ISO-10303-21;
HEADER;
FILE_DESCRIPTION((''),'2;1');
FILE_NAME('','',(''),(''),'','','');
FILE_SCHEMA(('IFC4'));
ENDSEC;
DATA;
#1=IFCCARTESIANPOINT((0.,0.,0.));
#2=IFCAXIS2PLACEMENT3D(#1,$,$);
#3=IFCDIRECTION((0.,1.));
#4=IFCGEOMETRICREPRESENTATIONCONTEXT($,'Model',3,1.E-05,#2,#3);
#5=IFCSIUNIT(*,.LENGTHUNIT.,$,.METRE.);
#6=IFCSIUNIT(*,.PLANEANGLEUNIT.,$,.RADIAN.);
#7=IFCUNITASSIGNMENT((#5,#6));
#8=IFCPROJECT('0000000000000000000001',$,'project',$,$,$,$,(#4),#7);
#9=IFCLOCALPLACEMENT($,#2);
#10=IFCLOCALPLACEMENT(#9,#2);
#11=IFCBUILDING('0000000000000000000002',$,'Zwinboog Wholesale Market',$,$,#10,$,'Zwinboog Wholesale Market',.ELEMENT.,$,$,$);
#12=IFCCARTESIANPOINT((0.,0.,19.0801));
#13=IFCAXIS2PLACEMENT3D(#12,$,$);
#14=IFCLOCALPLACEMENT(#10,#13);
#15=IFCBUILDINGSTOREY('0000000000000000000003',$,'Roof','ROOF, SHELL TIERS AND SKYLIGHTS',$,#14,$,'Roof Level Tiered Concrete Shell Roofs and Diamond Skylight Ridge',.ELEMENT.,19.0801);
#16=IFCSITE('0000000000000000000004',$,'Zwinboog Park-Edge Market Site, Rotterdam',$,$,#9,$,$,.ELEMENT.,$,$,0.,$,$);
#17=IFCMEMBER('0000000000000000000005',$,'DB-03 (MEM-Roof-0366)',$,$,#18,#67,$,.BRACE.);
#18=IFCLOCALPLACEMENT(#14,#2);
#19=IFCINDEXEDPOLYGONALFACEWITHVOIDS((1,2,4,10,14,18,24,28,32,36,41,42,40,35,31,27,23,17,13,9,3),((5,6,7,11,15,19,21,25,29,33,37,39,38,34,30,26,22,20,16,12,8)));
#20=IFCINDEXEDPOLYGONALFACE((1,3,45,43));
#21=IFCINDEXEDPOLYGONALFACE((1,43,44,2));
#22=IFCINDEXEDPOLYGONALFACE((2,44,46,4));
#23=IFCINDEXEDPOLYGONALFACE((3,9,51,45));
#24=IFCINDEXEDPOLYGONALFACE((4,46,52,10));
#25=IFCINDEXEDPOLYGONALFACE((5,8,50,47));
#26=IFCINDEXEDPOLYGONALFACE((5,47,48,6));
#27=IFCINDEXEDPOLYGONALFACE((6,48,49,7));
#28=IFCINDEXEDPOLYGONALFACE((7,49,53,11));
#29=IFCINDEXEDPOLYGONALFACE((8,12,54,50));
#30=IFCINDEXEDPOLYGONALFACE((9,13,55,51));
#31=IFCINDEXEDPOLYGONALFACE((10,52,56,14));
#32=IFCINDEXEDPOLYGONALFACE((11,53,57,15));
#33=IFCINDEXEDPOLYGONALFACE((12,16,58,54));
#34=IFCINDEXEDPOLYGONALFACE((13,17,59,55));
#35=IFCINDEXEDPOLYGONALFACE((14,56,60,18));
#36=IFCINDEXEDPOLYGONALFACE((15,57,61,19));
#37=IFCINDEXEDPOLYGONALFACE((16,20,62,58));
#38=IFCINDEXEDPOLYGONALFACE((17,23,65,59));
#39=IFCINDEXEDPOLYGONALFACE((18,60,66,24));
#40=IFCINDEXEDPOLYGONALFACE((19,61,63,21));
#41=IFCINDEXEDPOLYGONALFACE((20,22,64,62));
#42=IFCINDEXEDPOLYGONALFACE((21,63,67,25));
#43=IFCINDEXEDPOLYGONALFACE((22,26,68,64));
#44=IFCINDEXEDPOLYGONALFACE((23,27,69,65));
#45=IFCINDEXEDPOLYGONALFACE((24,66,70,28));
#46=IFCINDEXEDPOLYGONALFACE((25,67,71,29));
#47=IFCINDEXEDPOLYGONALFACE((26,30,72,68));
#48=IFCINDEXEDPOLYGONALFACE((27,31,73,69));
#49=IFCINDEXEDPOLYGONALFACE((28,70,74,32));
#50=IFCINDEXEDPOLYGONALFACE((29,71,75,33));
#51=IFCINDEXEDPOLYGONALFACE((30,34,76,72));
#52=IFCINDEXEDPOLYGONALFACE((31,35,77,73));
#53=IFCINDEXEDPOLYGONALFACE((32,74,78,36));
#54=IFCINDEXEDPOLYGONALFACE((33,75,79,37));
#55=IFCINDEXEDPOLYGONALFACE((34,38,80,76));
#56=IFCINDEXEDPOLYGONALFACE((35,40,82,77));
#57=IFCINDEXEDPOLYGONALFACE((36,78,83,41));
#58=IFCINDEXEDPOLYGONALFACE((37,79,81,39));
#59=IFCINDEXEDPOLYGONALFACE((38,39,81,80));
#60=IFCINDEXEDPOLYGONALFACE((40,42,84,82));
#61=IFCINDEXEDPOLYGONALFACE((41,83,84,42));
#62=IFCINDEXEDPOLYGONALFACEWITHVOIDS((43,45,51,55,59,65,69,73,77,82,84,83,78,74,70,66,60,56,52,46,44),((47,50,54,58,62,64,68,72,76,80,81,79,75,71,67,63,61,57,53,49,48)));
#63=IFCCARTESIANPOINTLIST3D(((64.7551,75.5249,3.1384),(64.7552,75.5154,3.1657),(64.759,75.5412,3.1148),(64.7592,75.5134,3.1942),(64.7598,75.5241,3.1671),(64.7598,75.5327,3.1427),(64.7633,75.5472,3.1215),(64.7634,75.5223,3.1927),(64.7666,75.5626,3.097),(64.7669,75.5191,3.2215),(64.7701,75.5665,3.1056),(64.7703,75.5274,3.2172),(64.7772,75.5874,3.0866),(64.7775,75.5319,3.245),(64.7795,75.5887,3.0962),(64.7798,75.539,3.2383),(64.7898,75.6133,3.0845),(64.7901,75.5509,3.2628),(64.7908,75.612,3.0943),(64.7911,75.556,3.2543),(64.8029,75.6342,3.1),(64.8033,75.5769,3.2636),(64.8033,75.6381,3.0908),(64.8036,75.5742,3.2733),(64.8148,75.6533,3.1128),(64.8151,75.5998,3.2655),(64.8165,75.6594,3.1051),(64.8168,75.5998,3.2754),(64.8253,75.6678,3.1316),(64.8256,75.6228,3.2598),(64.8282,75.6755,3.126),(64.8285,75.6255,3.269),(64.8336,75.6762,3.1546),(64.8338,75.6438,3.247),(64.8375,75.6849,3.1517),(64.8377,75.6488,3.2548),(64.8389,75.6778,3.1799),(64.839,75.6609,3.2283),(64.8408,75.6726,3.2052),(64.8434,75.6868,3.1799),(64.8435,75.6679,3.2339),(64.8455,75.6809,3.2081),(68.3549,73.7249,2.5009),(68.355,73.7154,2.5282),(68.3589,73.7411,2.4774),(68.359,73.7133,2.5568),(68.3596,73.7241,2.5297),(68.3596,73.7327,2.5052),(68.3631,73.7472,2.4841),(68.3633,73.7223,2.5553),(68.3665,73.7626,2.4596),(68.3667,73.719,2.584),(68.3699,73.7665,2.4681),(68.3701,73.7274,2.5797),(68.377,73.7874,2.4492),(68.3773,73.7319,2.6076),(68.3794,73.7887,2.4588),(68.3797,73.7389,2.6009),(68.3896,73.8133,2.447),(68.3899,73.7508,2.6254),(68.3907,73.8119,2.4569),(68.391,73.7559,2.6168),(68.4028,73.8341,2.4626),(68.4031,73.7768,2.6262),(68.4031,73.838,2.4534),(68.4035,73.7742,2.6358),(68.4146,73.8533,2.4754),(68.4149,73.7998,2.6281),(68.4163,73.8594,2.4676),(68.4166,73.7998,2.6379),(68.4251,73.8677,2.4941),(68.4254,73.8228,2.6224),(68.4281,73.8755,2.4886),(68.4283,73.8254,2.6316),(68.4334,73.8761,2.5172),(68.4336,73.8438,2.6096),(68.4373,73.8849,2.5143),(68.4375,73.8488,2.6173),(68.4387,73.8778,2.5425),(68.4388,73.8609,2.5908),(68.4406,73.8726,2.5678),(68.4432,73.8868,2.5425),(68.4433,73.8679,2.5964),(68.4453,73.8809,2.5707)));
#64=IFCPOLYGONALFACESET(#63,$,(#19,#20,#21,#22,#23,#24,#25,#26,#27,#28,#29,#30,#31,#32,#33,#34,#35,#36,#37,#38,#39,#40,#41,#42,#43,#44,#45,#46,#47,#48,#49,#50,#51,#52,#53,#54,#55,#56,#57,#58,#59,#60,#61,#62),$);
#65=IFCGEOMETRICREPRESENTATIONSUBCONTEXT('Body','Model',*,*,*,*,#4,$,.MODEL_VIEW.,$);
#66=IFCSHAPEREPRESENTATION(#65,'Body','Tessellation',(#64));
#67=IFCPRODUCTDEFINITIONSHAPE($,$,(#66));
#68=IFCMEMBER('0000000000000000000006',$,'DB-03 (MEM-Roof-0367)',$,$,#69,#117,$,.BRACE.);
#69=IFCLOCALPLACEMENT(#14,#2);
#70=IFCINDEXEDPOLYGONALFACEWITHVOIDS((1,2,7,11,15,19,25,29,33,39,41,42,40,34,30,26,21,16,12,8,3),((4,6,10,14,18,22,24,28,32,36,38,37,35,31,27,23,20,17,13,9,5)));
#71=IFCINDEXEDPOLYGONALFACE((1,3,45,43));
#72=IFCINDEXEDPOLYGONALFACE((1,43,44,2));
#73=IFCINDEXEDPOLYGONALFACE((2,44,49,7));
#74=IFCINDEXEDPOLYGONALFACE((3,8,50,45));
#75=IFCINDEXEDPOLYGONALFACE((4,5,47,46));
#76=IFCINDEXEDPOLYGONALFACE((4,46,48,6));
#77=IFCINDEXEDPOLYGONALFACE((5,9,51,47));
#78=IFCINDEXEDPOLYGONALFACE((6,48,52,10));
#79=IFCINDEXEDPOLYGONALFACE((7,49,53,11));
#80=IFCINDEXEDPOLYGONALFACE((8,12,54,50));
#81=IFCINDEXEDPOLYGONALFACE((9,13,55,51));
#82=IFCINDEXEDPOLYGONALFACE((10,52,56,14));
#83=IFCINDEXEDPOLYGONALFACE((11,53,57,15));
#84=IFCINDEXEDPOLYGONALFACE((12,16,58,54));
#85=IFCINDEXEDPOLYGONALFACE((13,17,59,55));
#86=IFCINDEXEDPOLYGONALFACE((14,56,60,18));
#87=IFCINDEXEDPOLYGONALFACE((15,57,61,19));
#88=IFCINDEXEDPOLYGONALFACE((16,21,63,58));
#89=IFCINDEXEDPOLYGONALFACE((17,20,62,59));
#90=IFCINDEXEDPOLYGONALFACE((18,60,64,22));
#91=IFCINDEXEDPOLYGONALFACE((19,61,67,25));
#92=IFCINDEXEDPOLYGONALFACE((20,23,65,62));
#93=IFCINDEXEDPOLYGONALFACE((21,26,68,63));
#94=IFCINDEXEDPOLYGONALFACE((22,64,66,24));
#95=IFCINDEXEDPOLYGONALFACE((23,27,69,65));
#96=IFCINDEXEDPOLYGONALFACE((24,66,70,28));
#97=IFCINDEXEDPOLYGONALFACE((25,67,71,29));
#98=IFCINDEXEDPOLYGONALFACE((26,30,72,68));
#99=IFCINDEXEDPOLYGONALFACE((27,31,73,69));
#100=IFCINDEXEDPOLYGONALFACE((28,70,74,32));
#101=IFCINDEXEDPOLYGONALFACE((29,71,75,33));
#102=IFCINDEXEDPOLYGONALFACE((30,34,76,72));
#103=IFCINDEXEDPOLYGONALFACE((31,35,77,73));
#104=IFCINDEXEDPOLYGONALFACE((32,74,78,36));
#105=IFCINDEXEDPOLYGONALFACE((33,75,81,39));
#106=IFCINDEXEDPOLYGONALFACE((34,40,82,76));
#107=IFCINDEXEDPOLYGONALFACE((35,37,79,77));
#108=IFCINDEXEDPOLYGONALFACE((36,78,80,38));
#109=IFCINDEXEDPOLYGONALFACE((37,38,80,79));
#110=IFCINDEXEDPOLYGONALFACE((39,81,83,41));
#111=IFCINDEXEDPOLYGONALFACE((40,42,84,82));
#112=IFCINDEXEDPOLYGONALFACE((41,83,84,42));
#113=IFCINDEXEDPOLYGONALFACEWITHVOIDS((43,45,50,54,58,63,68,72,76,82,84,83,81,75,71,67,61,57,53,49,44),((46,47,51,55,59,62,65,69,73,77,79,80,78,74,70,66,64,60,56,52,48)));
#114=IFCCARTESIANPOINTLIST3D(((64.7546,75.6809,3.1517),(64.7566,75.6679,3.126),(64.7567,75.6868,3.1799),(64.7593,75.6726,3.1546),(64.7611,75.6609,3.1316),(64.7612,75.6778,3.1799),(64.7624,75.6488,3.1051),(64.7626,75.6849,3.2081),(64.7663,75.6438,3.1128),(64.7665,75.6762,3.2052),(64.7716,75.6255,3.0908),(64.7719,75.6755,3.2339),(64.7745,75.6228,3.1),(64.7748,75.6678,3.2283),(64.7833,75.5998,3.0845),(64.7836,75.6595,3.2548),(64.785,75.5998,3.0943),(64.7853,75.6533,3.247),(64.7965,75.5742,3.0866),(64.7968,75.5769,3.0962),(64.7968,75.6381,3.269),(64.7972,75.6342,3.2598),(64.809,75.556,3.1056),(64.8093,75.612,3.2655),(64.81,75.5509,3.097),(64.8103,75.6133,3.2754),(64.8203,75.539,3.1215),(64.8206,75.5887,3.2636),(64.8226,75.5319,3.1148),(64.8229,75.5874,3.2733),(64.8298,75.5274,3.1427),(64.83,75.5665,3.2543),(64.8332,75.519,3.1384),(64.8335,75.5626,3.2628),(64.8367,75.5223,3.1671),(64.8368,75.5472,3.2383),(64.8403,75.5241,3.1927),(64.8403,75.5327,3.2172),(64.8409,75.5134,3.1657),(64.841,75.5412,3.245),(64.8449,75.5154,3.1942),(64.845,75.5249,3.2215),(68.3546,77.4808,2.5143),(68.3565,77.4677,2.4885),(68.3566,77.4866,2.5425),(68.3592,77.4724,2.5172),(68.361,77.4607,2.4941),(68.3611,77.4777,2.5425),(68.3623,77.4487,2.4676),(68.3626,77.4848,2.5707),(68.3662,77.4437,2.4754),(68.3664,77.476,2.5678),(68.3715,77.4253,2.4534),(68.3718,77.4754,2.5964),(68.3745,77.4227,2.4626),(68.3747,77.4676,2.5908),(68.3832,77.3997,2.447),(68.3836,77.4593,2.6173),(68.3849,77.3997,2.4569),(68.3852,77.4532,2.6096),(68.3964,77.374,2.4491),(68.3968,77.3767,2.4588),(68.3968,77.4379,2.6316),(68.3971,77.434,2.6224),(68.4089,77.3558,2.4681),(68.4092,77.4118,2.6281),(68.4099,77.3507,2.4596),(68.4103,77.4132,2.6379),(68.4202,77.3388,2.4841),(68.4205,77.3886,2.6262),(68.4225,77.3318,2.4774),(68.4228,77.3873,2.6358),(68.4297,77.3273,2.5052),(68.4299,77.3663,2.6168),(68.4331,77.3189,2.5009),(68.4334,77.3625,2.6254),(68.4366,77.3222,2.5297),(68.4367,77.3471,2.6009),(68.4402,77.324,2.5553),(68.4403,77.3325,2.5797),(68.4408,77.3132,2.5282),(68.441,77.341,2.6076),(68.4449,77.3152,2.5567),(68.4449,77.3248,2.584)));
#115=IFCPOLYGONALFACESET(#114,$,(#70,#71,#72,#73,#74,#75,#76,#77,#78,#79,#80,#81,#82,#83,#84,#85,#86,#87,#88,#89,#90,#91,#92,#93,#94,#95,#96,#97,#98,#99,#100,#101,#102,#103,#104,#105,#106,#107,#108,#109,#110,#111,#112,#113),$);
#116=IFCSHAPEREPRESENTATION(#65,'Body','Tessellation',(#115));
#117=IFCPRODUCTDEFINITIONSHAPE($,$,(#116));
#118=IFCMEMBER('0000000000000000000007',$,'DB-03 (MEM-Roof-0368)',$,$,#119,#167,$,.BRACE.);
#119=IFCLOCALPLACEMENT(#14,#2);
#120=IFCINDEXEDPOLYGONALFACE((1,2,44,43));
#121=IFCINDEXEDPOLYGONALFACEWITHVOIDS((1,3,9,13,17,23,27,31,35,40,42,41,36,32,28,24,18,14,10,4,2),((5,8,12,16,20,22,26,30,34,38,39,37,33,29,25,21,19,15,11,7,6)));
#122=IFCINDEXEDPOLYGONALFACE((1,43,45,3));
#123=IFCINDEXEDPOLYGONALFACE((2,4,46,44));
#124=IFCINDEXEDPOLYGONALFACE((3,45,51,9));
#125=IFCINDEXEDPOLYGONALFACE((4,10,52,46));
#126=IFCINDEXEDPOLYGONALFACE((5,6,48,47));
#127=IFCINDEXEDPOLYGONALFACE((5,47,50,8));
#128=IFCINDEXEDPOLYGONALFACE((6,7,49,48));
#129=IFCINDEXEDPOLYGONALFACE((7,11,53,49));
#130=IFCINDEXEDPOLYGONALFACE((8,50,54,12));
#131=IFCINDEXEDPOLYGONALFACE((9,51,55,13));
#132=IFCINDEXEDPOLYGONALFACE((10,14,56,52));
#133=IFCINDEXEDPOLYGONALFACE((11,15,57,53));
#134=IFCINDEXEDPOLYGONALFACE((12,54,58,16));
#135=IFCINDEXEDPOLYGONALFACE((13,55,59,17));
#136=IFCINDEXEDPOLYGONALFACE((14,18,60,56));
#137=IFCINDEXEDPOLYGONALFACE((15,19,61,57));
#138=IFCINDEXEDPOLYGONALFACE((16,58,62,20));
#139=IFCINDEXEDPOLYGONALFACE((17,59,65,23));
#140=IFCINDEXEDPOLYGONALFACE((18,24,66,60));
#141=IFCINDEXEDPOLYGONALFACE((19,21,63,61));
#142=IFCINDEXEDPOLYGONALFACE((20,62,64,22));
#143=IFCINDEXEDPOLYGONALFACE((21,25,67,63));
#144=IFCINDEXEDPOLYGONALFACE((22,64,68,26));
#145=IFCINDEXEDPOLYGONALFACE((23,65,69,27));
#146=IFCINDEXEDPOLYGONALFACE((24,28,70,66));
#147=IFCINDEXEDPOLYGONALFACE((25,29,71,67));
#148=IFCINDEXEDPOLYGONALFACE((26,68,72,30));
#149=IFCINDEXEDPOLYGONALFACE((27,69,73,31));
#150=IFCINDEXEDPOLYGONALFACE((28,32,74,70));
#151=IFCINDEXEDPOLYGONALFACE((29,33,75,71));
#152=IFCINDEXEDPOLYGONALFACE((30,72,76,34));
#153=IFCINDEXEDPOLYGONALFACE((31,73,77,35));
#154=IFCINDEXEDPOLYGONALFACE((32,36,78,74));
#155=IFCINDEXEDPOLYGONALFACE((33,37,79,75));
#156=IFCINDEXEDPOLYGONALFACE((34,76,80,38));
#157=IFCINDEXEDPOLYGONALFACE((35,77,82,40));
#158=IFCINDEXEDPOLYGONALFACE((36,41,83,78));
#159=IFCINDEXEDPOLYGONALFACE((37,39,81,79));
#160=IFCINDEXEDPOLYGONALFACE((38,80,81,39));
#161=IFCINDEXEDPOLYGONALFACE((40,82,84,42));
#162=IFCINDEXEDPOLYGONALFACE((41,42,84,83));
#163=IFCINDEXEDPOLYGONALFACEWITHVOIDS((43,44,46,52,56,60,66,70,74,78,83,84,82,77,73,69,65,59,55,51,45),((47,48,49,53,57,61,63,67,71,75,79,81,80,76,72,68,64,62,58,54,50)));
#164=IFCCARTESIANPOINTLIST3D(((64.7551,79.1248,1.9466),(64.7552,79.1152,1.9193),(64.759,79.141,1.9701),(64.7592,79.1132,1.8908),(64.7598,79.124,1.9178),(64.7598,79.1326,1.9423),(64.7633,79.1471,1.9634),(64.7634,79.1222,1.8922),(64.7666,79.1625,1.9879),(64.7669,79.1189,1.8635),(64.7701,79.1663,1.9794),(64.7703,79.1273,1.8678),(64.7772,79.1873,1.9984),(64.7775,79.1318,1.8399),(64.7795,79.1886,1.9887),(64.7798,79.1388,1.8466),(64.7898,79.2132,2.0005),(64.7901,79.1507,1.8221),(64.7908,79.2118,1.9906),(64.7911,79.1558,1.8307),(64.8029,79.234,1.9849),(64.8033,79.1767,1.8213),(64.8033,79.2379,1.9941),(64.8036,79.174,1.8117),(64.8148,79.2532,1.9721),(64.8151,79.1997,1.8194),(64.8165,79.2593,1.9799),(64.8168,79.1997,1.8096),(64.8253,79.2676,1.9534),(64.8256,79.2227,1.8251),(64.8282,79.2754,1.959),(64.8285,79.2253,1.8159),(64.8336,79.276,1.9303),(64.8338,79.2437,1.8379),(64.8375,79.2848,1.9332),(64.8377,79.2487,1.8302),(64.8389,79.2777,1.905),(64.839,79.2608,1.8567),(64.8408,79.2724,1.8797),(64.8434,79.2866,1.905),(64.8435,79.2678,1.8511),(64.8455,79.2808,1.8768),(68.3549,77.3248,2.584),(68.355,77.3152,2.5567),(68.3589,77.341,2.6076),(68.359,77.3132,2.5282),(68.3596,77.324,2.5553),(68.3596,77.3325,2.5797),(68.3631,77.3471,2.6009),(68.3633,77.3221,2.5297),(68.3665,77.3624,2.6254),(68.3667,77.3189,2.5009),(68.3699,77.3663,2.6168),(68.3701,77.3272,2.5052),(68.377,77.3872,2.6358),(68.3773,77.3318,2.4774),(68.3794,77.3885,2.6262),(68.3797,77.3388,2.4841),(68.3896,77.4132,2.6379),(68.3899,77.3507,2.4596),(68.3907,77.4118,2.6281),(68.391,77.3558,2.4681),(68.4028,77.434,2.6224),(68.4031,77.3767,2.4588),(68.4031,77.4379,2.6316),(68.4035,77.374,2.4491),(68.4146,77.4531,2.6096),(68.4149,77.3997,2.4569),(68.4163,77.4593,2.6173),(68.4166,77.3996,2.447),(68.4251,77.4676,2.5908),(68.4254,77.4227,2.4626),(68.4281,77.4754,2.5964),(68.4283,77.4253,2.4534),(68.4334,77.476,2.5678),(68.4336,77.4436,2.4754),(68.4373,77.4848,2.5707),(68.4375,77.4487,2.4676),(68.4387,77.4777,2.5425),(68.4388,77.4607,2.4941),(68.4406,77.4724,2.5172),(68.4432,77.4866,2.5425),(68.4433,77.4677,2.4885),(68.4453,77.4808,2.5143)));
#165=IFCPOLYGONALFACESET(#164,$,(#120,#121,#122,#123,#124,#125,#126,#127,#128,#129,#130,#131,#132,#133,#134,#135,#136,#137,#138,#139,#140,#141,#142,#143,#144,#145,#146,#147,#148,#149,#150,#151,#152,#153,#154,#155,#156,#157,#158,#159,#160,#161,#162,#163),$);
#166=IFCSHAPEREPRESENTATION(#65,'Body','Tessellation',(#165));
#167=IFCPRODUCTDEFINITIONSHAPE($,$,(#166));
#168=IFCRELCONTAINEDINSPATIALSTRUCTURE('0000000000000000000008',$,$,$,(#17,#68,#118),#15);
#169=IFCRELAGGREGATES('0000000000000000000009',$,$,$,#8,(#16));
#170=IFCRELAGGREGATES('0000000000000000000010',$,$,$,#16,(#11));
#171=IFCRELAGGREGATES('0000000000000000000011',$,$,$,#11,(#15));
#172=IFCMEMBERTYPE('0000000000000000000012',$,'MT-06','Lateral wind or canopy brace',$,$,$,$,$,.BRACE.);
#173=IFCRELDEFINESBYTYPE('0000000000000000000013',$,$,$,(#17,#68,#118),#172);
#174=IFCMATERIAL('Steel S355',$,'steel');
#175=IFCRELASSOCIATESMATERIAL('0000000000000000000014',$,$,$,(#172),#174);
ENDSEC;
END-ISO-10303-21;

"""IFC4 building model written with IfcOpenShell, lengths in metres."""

from ifc_helpers import new_model, si_unit, direction, frame, origin, origin_2d, place, context, subcontext, project, spatial, hollow_circle, extrude, material, material_profile, profile_set, type_object, element, save


model = new_model("IFC4")

# Units and contexts
model_context = context("Model", 3, precision=1e-05, world=origin(), true_north=direction((0.0, 1.0)))
body_context = subcontext(model_context, "Body", "Model", "MODEL_VIEW")
ifc_project = project(units=[si_unit("LENGTHUNIT", "METRE"), si_unit("PLANEANGLEUNIT", "RADIAN")], contexts=[model_context])

# Site, building, storey
site_placement = place(None, origin())
site = spatial("IfcSite", under=ifc_project, at=site_placement, Name="Zwinboog Park-Edge Market Site, Rotterdam", CompositionType="ELEMENT", RefElevation=0.0)
building_placement = place(site_placement, origin())
building = spatial("IfcBuilding", under=site, at=building_placement, Name="Zwinboog Wholesale Market", LongName="Zwinboog Wholesale Market", CompositionType="ELEMENT")
storey_placement = place(building_placement, frame((0.0, 0.0, 19.0801)))
storey = spatial("IfcBuildingStorey", under=building, at=storey_placement, Name="Roof", Description="ROOF, SHELL TIERS AND SKYLIGHTS", LongName="Roof Level Tiered Concrete Shell Roofs and Diamond Skylight Ridge", CompositionType="ELEMENT", Elevation=19.0801)

# Members
ifc_material_1 = material(Name="Steel S355", Category="steel")
ifc_material_profile_1 = material_profile(ifc_material_1, hollow_circle(Radius=0.0969, WallThickness=0.01, at=origin_2d()), Name="CHS 193.7x10")
ifc_profile_set_1 = profile_set([ifc_material_profile_1], Name="Steel S355")
member_type_1 = type_object("IfcMemberType", Name="MT-06", Description="Lateral wind or canopy brace", PredefinedType="BRACE", material=ifc_profile_set_1)
for number, where, z_axis, x_axis, name in (
    (1, (64.8, 75.6001, 3.1799), (0.883404, -0.441732, -0.15643), (0.447238, 0.894415, 0.0), "DB-03 (MEM-Roof-0366)"),
    (2, (64.8, 75.6001, 3.1799), (0.883427, 0.441684, -0.156435), (-0.447189, 0.894439, 0.0), "DB-03 (MEM-Roof-0367)"),
    (3, (64.8, 79.2, 1.905), (0.883404, -0.441732, 0.15643), (0.447238, 0.894415, 0.0), "DB-03 (MEM-Roof-0368)"),
):
    element("IfcMember", number, at=place(storey_placement, frame(where, z_axis=z_axis, x_axis=x_axis)), inside=storey, type_object=member_type_1, Name=name, PredefinedType="BRACE", context=body_context, shape_type="SweptSolid", body=[
        extrude(hollow_circle(Radius=0.0969, WallThickness=0.01, at=origin_2d()), origin(), (0.0, 0.0, 1.0), 4.075),
    ])

save(model, "model.ifc")
